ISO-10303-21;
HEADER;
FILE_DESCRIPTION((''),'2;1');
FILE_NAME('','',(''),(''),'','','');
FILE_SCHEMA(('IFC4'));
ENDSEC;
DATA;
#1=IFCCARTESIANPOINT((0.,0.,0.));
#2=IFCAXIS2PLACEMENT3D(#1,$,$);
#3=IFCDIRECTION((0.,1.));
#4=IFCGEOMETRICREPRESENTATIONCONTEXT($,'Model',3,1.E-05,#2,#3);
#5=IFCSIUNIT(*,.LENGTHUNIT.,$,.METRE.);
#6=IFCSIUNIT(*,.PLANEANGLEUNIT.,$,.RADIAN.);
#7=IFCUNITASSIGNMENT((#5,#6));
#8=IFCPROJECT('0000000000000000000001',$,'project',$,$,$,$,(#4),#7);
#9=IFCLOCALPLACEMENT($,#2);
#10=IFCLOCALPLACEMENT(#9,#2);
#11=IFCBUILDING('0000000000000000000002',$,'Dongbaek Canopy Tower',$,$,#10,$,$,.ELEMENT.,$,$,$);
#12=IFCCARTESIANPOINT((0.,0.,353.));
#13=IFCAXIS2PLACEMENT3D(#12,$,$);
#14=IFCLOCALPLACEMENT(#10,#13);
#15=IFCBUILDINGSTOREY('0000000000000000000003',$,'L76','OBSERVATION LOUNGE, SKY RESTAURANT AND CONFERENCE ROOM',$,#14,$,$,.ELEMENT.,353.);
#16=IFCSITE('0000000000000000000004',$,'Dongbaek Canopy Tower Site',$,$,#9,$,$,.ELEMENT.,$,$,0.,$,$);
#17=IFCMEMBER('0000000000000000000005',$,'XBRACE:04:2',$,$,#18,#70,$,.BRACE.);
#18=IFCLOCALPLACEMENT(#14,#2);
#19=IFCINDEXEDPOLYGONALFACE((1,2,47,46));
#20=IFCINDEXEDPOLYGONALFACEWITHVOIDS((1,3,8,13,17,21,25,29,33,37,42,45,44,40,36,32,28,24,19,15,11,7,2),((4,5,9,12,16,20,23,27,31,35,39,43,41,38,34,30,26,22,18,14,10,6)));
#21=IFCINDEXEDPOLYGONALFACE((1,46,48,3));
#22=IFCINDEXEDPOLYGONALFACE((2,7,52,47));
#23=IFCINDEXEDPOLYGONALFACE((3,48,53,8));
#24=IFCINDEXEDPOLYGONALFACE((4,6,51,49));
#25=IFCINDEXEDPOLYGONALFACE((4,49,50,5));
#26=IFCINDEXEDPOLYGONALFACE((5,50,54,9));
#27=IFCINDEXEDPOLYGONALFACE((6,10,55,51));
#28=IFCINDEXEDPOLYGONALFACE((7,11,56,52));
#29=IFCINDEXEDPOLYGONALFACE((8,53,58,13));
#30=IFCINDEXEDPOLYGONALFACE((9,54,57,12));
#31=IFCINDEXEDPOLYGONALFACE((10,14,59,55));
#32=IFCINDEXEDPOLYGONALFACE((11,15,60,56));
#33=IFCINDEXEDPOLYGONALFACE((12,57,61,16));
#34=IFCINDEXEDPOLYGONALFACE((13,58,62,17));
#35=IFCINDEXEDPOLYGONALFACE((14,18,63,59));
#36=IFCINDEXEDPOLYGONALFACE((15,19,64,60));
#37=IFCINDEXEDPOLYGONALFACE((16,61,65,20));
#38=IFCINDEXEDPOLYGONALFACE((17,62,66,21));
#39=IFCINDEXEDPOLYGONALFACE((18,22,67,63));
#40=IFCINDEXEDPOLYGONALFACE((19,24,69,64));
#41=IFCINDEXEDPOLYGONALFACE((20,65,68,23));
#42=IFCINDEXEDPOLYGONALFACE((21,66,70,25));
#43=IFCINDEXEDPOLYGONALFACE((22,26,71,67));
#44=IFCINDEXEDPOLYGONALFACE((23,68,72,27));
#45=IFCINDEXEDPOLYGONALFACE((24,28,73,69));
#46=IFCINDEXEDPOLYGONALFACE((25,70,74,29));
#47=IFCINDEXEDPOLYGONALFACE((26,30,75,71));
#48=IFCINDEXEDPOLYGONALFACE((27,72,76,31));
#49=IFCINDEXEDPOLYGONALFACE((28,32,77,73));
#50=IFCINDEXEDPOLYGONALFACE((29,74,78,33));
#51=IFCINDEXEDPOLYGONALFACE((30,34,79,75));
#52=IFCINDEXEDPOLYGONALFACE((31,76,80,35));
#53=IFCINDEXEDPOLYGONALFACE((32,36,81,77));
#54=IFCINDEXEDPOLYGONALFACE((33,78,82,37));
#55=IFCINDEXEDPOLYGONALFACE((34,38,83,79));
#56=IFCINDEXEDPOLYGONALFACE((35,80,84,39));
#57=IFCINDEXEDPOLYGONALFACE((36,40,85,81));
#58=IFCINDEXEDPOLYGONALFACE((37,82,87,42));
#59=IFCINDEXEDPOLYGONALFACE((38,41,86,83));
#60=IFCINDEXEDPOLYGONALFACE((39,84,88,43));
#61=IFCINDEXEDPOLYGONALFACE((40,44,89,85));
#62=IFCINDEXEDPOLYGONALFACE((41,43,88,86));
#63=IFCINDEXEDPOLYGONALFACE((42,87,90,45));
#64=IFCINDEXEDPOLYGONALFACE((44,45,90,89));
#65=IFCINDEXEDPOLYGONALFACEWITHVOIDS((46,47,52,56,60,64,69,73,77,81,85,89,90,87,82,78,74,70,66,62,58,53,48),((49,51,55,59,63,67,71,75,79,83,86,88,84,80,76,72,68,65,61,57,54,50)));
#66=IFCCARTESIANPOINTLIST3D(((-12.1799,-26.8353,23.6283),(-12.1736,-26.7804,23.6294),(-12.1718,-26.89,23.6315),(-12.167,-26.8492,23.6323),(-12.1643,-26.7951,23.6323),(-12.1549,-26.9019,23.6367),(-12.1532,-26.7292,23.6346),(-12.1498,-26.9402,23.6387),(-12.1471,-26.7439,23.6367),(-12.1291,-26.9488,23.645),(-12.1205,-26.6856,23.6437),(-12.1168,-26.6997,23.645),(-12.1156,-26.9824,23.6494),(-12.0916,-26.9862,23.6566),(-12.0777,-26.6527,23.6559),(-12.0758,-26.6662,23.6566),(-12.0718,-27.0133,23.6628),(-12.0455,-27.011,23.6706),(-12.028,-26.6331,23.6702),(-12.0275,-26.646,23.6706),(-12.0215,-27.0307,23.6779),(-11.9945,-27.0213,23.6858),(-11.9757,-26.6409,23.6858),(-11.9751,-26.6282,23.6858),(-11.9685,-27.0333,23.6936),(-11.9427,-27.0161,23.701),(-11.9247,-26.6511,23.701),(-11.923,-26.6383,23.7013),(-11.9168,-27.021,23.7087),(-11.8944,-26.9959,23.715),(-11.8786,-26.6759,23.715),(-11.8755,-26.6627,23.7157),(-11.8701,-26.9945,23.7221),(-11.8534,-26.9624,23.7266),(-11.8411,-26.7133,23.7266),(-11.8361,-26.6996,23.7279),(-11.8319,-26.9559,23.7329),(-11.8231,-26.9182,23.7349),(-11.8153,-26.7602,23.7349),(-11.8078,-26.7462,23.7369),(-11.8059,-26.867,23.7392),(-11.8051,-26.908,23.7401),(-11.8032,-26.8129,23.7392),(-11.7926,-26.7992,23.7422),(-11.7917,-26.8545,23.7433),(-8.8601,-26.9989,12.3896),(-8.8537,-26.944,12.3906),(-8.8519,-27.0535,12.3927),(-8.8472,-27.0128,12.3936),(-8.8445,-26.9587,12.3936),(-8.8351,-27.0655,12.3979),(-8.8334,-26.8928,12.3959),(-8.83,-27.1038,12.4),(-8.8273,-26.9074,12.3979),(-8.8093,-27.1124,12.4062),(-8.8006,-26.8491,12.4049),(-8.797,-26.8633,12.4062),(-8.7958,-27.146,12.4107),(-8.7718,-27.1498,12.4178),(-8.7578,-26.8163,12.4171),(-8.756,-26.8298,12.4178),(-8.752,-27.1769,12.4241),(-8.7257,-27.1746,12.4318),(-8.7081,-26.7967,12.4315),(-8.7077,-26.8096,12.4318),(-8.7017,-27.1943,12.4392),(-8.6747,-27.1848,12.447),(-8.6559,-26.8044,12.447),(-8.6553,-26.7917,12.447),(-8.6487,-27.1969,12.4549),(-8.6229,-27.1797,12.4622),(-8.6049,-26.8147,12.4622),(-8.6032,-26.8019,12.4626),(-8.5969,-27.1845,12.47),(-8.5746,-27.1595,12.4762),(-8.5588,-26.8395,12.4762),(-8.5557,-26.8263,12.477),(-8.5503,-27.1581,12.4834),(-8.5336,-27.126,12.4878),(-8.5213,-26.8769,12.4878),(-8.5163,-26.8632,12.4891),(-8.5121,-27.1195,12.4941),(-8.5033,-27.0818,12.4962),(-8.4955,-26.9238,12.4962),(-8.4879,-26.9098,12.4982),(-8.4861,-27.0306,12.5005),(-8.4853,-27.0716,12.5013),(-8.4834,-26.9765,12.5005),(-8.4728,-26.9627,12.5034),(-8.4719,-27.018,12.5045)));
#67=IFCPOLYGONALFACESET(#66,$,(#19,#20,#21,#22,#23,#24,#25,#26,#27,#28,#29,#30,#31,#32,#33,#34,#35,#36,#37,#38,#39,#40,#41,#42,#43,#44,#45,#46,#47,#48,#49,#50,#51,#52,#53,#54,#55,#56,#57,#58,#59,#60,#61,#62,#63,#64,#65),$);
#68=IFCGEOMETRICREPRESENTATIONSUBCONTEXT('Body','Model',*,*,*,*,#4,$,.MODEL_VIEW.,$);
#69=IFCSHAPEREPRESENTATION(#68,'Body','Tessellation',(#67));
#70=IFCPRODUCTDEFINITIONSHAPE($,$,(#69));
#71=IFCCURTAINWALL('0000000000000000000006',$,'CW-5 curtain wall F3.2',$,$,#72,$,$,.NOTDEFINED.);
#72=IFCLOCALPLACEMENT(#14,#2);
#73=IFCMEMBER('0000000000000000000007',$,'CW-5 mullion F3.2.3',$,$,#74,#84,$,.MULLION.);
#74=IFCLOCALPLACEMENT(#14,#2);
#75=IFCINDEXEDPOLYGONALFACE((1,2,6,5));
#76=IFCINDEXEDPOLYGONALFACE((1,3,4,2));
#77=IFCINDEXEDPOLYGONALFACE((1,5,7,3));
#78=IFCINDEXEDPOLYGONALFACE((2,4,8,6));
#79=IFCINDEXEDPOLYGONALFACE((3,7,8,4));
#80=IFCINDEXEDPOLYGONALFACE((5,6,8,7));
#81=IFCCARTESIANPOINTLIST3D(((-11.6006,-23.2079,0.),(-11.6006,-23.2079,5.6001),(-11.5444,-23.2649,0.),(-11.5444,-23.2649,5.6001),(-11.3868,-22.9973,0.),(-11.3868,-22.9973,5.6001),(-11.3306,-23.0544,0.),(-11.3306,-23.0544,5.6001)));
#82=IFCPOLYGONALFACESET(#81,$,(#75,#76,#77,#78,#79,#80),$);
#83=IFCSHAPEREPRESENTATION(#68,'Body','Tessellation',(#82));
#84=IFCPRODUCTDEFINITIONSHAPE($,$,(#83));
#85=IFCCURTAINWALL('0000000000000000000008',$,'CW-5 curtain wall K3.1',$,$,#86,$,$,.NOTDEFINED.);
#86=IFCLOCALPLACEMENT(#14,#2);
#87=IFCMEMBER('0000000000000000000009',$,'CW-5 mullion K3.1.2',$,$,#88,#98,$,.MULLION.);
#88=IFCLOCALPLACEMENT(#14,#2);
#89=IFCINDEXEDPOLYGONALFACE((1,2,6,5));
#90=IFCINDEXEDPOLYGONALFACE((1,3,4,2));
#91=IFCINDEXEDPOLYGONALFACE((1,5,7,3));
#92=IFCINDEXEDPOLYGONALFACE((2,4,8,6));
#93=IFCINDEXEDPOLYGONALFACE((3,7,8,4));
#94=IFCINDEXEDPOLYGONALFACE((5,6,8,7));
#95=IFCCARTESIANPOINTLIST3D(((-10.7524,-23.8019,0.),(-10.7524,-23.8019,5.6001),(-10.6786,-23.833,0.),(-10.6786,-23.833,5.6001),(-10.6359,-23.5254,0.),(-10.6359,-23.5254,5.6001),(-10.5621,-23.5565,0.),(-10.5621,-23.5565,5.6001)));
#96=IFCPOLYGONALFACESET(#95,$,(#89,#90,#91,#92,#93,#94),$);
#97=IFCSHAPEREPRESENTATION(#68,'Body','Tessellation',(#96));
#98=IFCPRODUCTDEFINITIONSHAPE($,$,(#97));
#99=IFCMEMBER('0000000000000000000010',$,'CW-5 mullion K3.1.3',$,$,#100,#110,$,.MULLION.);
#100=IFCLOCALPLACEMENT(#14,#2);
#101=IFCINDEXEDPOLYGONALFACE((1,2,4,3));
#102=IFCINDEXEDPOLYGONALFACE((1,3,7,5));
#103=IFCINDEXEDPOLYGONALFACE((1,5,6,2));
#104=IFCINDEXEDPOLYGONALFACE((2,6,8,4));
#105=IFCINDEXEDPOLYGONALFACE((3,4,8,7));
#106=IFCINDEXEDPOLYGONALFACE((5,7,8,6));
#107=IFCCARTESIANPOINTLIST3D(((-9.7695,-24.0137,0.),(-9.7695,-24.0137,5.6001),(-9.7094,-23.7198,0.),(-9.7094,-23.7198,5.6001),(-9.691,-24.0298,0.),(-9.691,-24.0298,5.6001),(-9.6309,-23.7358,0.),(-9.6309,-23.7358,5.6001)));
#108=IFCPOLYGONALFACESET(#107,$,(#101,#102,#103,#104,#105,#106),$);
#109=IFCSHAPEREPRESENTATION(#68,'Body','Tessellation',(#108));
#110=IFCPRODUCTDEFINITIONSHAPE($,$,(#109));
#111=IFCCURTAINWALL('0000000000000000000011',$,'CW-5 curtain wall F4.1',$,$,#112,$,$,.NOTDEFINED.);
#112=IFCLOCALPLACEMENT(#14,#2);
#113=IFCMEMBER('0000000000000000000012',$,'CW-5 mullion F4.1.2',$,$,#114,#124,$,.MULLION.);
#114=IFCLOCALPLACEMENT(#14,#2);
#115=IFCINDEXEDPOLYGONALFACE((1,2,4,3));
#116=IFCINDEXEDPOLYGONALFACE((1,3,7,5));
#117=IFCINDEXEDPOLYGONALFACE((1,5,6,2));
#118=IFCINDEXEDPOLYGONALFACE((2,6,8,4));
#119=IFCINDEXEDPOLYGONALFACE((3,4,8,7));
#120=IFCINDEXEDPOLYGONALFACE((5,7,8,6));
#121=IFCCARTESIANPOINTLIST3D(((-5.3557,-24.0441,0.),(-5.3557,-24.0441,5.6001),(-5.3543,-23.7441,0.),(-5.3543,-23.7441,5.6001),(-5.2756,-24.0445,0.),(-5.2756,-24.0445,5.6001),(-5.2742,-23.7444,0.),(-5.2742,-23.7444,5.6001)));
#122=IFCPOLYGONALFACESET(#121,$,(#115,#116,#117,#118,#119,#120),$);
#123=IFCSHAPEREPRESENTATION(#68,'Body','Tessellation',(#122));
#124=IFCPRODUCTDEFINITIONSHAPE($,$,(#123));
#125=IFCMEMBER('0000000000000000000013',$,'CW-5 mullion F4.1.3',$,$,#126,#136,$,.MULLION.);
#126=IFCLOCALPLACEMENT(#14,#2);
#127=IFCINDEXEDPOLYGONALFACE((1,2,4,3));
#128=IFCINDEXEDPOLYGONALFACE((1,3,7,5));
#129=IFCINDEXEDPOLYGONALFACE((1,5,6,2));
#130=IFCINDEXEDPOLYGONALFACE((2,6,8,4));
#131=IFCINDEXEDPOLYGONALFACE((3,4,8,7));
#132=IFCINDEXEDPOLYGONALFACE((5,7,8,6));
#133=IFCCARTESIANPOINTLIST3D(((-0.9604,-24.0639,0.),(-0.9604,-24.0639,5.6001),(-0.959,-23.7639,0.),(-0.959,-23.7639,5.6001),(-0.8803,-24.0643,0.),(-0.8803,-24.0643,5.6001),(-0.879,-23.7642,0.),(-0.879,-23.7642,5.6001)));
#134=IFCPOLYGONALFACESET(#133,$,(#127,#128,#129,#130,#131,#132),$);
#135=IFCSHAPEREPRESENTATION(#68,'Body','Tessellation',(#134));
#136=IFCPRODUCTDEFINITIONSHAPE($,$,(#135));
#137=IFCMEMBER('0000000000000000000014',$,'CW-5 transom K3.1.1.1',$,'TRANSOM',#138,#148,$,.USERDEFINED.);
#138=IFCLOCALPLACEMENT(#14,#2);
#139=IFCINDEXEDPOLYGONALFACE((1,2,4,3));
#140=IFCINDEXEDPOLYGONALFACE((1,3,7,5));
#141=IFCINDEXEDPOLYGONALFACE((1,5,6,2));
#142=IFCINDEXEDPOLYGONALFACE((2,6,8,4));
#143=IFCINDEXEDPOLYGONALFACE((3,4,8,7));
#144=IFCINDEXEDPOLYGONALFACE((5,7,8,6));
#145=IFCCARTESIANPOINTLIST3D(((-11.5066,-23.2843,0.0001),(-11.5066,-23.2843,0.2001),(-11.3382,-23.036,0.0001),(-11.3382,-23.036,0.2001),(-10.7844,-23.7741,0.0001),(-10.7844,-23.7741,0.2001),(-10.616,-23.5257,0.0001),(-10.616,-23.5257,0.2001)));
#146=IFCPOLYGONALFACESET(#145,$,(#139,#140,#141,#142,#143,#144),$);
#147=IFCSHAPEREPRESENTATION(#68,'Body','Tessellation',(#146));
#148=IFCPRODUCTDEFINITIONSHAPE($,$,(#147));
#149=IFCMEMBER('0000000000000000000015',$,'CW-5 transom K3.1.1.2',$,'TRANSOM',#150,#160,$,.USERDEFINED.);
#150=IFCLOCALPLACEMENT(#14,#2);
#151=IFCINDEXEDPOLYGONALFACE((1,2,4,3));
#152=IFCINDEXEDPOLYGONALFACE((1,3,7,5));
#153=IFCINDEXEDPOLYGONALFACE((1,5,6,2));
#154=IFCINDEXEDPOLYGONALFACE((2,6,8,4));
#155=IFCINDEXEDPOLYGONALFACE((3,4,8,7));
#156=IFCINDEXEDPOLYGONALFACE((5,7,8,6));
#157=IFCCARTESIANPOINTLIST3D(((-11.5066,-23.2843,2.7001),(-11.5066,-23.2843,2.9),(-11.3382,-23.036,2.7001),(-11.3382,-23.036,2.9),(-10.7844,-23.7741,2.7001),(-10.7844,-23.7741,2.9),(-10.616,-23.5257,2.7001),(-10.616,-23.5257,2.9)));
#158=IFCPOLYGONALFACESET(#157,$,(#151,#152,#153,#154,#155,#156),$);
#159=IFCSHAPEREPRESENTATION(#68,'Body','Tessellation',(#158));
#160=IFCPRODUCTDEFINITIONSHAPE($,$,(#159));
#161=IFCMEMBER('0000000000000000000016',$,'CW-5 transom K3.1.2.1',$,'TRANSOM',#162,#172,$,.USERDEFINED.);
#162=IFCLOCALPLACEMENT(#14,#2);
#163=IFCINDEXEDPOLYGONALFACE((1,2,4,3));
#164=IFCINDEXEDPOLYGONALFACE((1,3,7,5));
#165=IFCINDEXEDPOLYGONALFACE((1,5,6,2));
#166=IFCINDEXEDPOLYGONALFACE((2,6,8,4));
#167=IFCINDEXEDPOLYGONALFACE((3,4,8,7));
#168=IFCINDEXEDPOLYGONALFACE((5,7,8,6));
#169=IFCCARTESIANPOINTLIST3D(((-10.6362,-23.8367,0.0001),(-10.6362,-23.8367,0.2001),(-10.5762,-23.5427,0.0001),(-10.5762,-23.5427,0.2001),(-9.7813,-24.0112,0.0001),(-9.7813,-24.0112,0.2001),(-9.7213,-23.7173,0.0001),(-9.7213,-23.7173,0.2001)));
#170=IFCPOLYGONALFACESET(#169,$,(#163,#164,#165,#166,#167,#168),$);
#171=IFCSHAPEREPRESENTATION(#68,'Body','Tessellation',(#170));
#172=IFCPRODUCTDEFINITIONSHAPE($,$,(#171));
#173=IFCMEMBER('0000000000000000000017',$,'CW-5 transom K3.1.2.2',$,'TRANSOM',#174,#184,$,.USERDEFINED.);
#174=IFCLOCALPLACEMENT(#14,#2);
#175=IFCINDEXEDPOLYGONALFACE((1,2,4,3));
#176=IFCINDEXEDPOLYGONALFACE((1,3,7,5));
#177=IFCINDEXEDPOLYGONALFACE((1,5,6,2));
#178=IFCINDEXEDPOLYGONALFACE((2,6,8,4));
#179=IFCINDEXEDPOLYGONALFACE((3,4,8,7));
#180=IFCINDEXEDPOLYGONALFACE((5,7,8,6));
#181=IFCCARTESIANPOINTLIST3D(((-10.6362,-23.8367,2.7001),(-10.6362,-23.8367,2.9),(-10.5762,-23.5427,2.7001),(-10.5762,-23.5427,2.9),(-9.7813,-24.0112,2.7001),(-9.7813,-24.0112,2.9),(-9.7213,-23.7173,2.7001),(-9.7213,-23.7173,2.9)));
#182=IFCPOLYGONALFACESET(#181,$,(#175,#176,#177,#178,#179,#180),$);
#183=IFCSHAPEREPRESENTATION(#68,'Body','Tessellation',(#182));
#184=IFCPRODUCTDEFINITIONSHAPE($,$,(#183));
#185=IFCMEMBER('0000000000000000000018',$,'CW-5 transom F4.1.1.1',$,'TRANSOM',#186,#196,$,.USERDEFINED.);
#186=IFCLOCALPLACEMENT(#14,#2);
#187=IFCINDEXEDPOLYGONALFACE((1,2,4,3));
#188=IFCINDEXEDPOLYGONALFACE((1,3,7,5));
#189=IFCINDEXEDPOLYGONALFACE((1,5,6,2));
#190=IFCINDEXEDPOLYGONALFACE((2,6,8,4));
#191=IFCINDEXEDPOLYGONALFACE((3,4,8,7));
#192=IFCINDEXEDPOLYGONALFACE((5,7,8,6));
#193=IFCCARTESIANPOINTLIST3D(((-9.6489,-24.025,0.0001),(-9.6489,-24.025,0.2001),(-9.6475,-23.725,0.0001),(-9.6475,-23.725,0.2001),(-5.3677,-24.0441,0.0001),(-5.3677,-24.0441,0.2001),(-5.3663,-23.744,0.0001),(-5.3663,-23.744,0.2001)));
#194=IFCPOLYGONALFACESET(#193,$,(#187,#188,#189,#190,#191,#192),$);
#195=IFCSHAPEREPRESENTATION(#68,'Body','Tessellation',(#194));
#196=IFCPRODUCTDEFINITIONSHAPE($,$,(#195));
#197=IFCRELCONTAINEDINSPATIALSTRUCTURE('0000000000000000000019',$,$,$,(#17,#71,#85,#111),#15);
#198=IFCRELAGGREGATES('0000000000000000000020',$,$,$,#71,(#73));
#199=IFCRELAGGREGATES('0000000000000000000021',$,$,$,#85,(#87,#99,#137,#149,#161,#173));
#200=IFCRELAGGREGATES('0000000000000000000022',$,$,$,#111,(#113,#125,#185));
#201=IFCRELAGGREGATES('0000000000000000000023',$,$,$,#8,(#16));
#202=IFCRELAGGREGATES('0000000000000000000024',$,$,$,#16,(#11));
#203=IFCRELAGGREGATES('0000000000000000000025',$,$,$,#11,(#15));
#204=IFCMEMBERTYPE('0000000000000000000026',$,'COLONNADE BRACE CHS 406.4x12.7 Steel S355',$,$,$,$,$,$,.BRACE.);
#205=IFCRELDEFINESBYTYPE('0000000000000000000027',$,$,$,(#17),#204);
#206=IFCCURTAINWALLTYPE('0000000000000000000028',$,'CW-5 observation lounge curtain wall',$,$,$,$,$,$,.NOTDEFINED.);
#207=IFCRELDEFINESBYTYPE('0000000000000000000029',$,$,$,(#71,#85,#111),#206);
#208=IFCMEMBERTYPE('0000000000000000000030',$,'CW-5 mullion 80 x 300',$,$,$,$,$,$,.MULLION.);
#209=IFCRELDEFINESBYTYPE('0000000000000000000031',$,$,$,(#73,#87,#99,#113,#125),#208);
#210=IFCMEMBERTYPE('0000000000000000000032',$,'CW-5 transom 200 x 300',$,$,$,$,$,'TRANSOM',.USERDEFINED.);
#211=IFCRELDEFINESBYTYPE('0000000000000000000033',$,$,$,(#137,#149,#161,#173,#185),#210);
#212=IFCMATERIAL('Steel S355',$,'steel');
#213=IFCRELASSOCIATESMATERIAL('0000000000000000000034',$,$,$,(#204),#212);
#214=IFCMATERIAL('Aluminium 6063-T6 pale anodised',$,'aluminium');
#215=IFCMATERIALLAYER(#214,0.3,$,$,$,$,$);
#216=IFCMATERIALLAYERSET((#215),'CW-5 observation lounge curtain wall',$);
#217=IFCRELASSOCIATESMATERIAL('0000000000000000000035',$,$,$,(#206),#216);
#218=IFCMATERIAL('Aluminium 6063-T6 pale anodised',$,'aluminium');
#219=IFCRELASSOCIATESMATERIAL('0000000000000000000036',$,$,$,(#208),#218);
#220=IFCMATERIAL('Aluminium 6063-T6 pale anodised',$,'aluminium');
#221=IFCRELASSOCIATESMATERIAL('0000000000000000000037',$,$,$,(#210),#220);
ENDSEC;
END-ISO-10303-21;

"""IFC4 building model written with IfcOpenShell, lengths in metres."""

from ifc_helpers import new_model, si_unit, direction, frame, origin, origin_2d, place, context, subcontext, project, spatial, rectangle, hollow_circle, extrude, material, layer, layer_set, material_profile, profile_set, type_object, element, aggregate, save


model = new_model("IFC4")

# Units and contexts
model_context = context("Model", 3, precision=1e-05, world=origin(), true_north=direction((0.0, 1.0)))
body_context = subcontext(model_context, "Body", "Model", "MODEL_VIEW")
ifc_project = project(units=[si_unit("LENGTHUNIT", "METRE"), si_unit("PLANEANGLEUNIT", "RADIAN")], contexts=[model_context])

# Site, building, storey
site_placement = place(None, origin())
site = spatial("IfcSite", under=ifc_project, at=site_placement, Name="Dongbaek Canopy Tower Site", CompositionType="ELEMENT", RefElevation=0.0)
building_placement = place(site_placement, origin())
building = spatial("IfcBuilding", under=site, at=building_placement, Name="Dongbaek Canopy Tower", CompositionType="ELEMENT")
storey_placement = place(building_placement, frame((0.0, 0.0, 353.0)))
storey = spatial("IfcBuildingStorey", under=building, at=storey_placement, Name="L76", Description="OBSERVATION LOUNGE, SKY RESTAURANT AND CONFERENCE ROOM", CompositionType="ELEMENT", Elevation=353.0)

# Member
ifc_material_1 = material(Name="Steel S355", Category="steel")
ifc_material_profile_1 = material_profile(ifc_material_1, hollow_circle(Radius=0.2031, WallThickness=0.0127, at=origin_2d()), Name="COLONNADE BRACE CHS 406.4x12.7 Steel S355")
ifc_profile_set_1 = profile_set([ifc_material_profile_1], Name="Steel S355")
member_type_1 = type_object("IfcMemberType", Name="COLONNADE BRACE CHS 406.4x12.7 Steel S355", PredefinedType="BRACE", material=ifc_profile_set_1)
member_1_placement = place(storey_placement, frame((-11.9851, -26.8311, 23.6858), z_axis=(0.283262, -0.013957, -0.958941), x_axis=(0.049212, 0.998788, 0.0)))
element("IfcMember", 1, at=member_1_placement, inside=storey, type_object=member_type_1, Name="XBRACE:04:2", PredefinedType="BRACE", context=body_context, shape_type="SweptSolid", body=[
    extrude(hollow_circle(Radius=0.2031, WallThickness=0.0127, at=origin_2d()), origin(), (0.0, 0.0, 1.0), 11.72),
])

# Curtain wall, member
ifc_material_2 = material(Name="Aluminium 6063-T6 pale anodised", Category="aluminium")
ifc_layer_1 = layer(ifc_material_2, 0.3)
ifc_layer_set_1 = layer_set([ifc_layer_1], Name="CW-5 observation lounge curtain wall")
curtain_wall_type = type_object("IfcCurtainWallType", Name="CW-5 observation lounge curtain wall", PredefinedType="NOTDEFINED", material=ifc_layer_set_1)
curtain_wall_1_placement = place(storey_placement, origin())
curtain_wall_1 = element("IfcCurtainWall", 2, at=curtain_wall_1_placement, inside=storey, type_object=curtain_wall_type, Name="CW-5 curtain wall F3.2", PredefinedType="NOTDEFINED")
ifc_material_3 = material(Name="Aluminium 6063-T6 pale anodised", Category="aluminium")
ifc_material_profile_2 = material_profile(ifc_material_3, rectangle(XDim=0.3, YDim=0.0801, at=origin_2d()), Name="CW-5 mullion 80 x 300")
ifc_profile_set_2 = profile_set([ifc_material_profile_2], Name="Aluminium 6063-T6 pale anodised")
member_type_2 = type_object("IfcMemberType", Name="CW-5 mullion 80 x 300", PredefinedType="MULLION", material=ifc_profile_set_2)
member_2_placement = place(storey_placement, frame((-11.4656, -23.1311, 0.0), z_axis=(0.0, 0.0, 1.0), x_axis=(-0.712455, -0.701718, 0.0)))
member_2 = element("IfcMember", 3, at=member_2_placement, type_object=member_type_2, Name="CW-5 mullion F3.2.3", PredefinedType="MULLION", context=body_context, shape_type="SweptSolid", body=[
    extrude(rectangle(XDim=0.3, YDim=0.0801, at=origin_2d()), origin(), (0.0, 0.0, 1.0), 5.6001),
])
aggregate(curtain_wall_1, [member_2])

# Curtain walls, members
curtain_wall_2_placement = place(storey_placement, origin())
curtain_wall_2 = element("IfcCurtainWall", 4, at=curtain_wall_2_placement, inside=storey, type_object=curtain_wall_type, Name="CW-5 curtain wall K3.1", PredefinedType="NOTDEFINED")
member_3_placement = place(storey_placement, frame((-10.6572, -23.6792, 0.0), z_axis=(0.0, 0.0, 1.0), x_axis=(-0.388247, -0.921556, 0.0)))
member_3 = element("IfcMember", 5, at=member_3_placement, type_object=member_type_2, Name="CW-5 mullion K3.1.2", PredefinedType="MULLION", context=body_context, shape_type="SweptSolid", body=[
    extrude(rectangle(XDim=0.3, YDim=0.0801, at=origin_2d()), origin(), (0.0, 0.0, 1.0), 5.6001),
])
member_4_placement = place(storey_placement, frame((-9.7002, -23.8748, 0.0), z_axis=(0.0, 0.0, 1.0), x_axis=(-0.200235, -0.979748, 0.0)))
member_4 = element("IfcMember", 6, at=member_4_placement, type_object=member_type_2, Name="CW-5 mullion K3.1.3", PredefinedType="MULLION", context=body_context, shape_type="SweptSolid", body=[
    extrude(rectangle(XDim=0.3, YDim=0.0801, at=origin_2d()), origin(), (0.0, 0.0, 1.0), 5.6001),
])
curtain_wall_3_placement = place(storey_placement, origin())
curtain_wall_3 = element("IfcCurtainWall", 7, at=curtain_wall_3_placement, inside=storey, type_object=curtain_wall_type, Name="CW-5 curtain wall F4.1", PredefinedType="NOTDEFINED")
member_5_placement = place(storey_placement, frame((-5.3149, -23.8943, 0.0), z_axis=(0.0, 0.0, 1.0), x_axis=(-0.004466, -0.99999, 0.0)))
member_5 = element("IfcMember", 8, at=member_5_placement, type_object=member_type_2, Name="CW-5 mullion F4.1.2", PredefinedType="MULLION", context=body_context, shape_type="SweptSolid", body=[
    extrude(rectangle(XDim=0.3, YDim=0.0801, at=origin_2d()), origin(), (0.0, 0.0, 1.0), 5.6001),
])
member_6_placement = place(storey_placement, frame((-0.9197, -23.9141, 0.0), z_axis=(0.0, 0.0, 1.0), x_axis=(-0.004466, -0.99999, 0.0)))
member_6 = element("IfcMember", 9, at=member_6_placement, type_object=member_type_2, Name="CW-5 mullion F4.1.3", PredefinedType="MULLION", context=body_context, shape_type="SweptSolid", body=[
    extrude(rectangle(XDim=0.3, YDim=0.0801, at=origin_2d()), origin(), (0.0, 0.0, 1.0), 5.6001),
])

# Members
ifc_material_4 = material(Name="Aluminium 6063-T6 pale anodised", Category="aluminium")
ifc_material_profile_3 = material_profile(ifc_material_4, rectangle(XDim=0.3, YDim=0.2, at=origin_2d()), Name="CW-5 transom 200 x 300")
ifc_profile_set_3 = profile_set([ifc_material_profile_3], Name="Aluminium 6063-T6 pale anodised")
member_type_3 = type_object("IfcMemberType", Name="CW-5 transom 200 x 300", ElementType="TRANSOM", PredefinedType="USERDEFINED", material=ifc_profile_set_3)
member_7_placement = place(storey_placement, frame((-11.4224, -23.1602, 0.1001), z_axis=(0.827634, -0.561269, 0.0), x_axis=(0.561269, 0.827634, 0.0)))
member_7 = element("IfcMember", 10, at=member_7_placement, type_object=member_type_3, Name="CW-5 transom K3.1.1.1", ObjectType="TRANSOM", PredefinedType="USERDEFINED", context=body_context, shape_type="SweptSolid", body=[
    extrude(rectangle(XDim=0.3, YDim=0.2, at=origin_2d()), origin(), (0.0, 0.0, 1.0), 0.8726),
])
member_8_placement = place(storey_placement, frame((-11.4224, -23.1602, 2.8), z_axis=(0.827634, -0.561269, 0.0), x_axis=(0.561269, 0.827634, 0.0)))
member_8 = element("IfcMember", 11, at=member_8_placement, type_object=member_type_3, Name="CW-5 transom K3.1.1.2", ObjectType="TRANSOM", PredefinedType="USERDEFINED", context=body_context, shape_type="SweptSolid", body=[
    extrude(rectangle(XDim=0.3, YDim=0.2, at=origin_2d()), origin(), (0.0, 0.0, 1.0), 0.8726),
])
member_9_placement = place(storey_placement, frame((-10.6062, -23.6897, 0.1001), z_axis=(0.979787, -0.200042, 0.0), x_axis=(0.200042, 0.979787, 0.0)))
member_9 = element("IfcMember", 12, at=member_9_placement, type_object=member_type_3, Name="CW-5 transom K3.1.2.1", ObjectType="TRANSOM", PredefinedType="USERDEFINED", context=body_context, shape_type="SweptSolid", body=[
    extrude(rectangle(XDim=0.3, YDim=0.2, at=origin_2d()), origin(), (0.0, 0.0, 1.0), 0.8726),
])
member_10_placement = place(storey_placement, frame((-10.6062, -23.6897, 2.8), z_axis=(0.979787, -0.200042, 0.0), x_axis=(0.200042, 0.979787, 0.0)))
member_10 = element("IfcMember", 13, at=member_10_placement, type_object=member_type_3, Name="CW-5 transom K3.1.2.2", ObjectType="TRANSOM", PredefinedType="USERDEFINED", context=body_context, shape_type="SweptSolid", body=[
    extrude(rectangle(XDim=0.3, YDim=0.2, at=origin_2d()), origin(), (0.0, 0.0, 1.0), 0.8726),
])
member_11_placement = place(storey_placement, frame((-9.6482, -23.875, 0.1001), z_axis=(0.99999, -0.004448, 0.0), x_axis=(0.004448, 0.99999, 0.0)))
member_11 = element("IfcMember", 14, at=member_11_placement, type_object=member_type_3, Name="CW-5 transom F4.1.1.1", ObjectType="TRANSOM", PredefinedType="USERDEFINED", context=body_context, shape_type="SweptSolid", body=[
    extrude(rectangle(XDim=0.3, YDim=0.2, at=origin_2d()), origin(), (0.0, 0.0, 1.0), 4.2812),
])

aggregate(curtain_wall_2, [member_3, member_4, member_7, member_8, member_9, member_10])
aggregate(curtain_wall_3, [member_5, member_6, member_11])

save(model, "model.ifc")
